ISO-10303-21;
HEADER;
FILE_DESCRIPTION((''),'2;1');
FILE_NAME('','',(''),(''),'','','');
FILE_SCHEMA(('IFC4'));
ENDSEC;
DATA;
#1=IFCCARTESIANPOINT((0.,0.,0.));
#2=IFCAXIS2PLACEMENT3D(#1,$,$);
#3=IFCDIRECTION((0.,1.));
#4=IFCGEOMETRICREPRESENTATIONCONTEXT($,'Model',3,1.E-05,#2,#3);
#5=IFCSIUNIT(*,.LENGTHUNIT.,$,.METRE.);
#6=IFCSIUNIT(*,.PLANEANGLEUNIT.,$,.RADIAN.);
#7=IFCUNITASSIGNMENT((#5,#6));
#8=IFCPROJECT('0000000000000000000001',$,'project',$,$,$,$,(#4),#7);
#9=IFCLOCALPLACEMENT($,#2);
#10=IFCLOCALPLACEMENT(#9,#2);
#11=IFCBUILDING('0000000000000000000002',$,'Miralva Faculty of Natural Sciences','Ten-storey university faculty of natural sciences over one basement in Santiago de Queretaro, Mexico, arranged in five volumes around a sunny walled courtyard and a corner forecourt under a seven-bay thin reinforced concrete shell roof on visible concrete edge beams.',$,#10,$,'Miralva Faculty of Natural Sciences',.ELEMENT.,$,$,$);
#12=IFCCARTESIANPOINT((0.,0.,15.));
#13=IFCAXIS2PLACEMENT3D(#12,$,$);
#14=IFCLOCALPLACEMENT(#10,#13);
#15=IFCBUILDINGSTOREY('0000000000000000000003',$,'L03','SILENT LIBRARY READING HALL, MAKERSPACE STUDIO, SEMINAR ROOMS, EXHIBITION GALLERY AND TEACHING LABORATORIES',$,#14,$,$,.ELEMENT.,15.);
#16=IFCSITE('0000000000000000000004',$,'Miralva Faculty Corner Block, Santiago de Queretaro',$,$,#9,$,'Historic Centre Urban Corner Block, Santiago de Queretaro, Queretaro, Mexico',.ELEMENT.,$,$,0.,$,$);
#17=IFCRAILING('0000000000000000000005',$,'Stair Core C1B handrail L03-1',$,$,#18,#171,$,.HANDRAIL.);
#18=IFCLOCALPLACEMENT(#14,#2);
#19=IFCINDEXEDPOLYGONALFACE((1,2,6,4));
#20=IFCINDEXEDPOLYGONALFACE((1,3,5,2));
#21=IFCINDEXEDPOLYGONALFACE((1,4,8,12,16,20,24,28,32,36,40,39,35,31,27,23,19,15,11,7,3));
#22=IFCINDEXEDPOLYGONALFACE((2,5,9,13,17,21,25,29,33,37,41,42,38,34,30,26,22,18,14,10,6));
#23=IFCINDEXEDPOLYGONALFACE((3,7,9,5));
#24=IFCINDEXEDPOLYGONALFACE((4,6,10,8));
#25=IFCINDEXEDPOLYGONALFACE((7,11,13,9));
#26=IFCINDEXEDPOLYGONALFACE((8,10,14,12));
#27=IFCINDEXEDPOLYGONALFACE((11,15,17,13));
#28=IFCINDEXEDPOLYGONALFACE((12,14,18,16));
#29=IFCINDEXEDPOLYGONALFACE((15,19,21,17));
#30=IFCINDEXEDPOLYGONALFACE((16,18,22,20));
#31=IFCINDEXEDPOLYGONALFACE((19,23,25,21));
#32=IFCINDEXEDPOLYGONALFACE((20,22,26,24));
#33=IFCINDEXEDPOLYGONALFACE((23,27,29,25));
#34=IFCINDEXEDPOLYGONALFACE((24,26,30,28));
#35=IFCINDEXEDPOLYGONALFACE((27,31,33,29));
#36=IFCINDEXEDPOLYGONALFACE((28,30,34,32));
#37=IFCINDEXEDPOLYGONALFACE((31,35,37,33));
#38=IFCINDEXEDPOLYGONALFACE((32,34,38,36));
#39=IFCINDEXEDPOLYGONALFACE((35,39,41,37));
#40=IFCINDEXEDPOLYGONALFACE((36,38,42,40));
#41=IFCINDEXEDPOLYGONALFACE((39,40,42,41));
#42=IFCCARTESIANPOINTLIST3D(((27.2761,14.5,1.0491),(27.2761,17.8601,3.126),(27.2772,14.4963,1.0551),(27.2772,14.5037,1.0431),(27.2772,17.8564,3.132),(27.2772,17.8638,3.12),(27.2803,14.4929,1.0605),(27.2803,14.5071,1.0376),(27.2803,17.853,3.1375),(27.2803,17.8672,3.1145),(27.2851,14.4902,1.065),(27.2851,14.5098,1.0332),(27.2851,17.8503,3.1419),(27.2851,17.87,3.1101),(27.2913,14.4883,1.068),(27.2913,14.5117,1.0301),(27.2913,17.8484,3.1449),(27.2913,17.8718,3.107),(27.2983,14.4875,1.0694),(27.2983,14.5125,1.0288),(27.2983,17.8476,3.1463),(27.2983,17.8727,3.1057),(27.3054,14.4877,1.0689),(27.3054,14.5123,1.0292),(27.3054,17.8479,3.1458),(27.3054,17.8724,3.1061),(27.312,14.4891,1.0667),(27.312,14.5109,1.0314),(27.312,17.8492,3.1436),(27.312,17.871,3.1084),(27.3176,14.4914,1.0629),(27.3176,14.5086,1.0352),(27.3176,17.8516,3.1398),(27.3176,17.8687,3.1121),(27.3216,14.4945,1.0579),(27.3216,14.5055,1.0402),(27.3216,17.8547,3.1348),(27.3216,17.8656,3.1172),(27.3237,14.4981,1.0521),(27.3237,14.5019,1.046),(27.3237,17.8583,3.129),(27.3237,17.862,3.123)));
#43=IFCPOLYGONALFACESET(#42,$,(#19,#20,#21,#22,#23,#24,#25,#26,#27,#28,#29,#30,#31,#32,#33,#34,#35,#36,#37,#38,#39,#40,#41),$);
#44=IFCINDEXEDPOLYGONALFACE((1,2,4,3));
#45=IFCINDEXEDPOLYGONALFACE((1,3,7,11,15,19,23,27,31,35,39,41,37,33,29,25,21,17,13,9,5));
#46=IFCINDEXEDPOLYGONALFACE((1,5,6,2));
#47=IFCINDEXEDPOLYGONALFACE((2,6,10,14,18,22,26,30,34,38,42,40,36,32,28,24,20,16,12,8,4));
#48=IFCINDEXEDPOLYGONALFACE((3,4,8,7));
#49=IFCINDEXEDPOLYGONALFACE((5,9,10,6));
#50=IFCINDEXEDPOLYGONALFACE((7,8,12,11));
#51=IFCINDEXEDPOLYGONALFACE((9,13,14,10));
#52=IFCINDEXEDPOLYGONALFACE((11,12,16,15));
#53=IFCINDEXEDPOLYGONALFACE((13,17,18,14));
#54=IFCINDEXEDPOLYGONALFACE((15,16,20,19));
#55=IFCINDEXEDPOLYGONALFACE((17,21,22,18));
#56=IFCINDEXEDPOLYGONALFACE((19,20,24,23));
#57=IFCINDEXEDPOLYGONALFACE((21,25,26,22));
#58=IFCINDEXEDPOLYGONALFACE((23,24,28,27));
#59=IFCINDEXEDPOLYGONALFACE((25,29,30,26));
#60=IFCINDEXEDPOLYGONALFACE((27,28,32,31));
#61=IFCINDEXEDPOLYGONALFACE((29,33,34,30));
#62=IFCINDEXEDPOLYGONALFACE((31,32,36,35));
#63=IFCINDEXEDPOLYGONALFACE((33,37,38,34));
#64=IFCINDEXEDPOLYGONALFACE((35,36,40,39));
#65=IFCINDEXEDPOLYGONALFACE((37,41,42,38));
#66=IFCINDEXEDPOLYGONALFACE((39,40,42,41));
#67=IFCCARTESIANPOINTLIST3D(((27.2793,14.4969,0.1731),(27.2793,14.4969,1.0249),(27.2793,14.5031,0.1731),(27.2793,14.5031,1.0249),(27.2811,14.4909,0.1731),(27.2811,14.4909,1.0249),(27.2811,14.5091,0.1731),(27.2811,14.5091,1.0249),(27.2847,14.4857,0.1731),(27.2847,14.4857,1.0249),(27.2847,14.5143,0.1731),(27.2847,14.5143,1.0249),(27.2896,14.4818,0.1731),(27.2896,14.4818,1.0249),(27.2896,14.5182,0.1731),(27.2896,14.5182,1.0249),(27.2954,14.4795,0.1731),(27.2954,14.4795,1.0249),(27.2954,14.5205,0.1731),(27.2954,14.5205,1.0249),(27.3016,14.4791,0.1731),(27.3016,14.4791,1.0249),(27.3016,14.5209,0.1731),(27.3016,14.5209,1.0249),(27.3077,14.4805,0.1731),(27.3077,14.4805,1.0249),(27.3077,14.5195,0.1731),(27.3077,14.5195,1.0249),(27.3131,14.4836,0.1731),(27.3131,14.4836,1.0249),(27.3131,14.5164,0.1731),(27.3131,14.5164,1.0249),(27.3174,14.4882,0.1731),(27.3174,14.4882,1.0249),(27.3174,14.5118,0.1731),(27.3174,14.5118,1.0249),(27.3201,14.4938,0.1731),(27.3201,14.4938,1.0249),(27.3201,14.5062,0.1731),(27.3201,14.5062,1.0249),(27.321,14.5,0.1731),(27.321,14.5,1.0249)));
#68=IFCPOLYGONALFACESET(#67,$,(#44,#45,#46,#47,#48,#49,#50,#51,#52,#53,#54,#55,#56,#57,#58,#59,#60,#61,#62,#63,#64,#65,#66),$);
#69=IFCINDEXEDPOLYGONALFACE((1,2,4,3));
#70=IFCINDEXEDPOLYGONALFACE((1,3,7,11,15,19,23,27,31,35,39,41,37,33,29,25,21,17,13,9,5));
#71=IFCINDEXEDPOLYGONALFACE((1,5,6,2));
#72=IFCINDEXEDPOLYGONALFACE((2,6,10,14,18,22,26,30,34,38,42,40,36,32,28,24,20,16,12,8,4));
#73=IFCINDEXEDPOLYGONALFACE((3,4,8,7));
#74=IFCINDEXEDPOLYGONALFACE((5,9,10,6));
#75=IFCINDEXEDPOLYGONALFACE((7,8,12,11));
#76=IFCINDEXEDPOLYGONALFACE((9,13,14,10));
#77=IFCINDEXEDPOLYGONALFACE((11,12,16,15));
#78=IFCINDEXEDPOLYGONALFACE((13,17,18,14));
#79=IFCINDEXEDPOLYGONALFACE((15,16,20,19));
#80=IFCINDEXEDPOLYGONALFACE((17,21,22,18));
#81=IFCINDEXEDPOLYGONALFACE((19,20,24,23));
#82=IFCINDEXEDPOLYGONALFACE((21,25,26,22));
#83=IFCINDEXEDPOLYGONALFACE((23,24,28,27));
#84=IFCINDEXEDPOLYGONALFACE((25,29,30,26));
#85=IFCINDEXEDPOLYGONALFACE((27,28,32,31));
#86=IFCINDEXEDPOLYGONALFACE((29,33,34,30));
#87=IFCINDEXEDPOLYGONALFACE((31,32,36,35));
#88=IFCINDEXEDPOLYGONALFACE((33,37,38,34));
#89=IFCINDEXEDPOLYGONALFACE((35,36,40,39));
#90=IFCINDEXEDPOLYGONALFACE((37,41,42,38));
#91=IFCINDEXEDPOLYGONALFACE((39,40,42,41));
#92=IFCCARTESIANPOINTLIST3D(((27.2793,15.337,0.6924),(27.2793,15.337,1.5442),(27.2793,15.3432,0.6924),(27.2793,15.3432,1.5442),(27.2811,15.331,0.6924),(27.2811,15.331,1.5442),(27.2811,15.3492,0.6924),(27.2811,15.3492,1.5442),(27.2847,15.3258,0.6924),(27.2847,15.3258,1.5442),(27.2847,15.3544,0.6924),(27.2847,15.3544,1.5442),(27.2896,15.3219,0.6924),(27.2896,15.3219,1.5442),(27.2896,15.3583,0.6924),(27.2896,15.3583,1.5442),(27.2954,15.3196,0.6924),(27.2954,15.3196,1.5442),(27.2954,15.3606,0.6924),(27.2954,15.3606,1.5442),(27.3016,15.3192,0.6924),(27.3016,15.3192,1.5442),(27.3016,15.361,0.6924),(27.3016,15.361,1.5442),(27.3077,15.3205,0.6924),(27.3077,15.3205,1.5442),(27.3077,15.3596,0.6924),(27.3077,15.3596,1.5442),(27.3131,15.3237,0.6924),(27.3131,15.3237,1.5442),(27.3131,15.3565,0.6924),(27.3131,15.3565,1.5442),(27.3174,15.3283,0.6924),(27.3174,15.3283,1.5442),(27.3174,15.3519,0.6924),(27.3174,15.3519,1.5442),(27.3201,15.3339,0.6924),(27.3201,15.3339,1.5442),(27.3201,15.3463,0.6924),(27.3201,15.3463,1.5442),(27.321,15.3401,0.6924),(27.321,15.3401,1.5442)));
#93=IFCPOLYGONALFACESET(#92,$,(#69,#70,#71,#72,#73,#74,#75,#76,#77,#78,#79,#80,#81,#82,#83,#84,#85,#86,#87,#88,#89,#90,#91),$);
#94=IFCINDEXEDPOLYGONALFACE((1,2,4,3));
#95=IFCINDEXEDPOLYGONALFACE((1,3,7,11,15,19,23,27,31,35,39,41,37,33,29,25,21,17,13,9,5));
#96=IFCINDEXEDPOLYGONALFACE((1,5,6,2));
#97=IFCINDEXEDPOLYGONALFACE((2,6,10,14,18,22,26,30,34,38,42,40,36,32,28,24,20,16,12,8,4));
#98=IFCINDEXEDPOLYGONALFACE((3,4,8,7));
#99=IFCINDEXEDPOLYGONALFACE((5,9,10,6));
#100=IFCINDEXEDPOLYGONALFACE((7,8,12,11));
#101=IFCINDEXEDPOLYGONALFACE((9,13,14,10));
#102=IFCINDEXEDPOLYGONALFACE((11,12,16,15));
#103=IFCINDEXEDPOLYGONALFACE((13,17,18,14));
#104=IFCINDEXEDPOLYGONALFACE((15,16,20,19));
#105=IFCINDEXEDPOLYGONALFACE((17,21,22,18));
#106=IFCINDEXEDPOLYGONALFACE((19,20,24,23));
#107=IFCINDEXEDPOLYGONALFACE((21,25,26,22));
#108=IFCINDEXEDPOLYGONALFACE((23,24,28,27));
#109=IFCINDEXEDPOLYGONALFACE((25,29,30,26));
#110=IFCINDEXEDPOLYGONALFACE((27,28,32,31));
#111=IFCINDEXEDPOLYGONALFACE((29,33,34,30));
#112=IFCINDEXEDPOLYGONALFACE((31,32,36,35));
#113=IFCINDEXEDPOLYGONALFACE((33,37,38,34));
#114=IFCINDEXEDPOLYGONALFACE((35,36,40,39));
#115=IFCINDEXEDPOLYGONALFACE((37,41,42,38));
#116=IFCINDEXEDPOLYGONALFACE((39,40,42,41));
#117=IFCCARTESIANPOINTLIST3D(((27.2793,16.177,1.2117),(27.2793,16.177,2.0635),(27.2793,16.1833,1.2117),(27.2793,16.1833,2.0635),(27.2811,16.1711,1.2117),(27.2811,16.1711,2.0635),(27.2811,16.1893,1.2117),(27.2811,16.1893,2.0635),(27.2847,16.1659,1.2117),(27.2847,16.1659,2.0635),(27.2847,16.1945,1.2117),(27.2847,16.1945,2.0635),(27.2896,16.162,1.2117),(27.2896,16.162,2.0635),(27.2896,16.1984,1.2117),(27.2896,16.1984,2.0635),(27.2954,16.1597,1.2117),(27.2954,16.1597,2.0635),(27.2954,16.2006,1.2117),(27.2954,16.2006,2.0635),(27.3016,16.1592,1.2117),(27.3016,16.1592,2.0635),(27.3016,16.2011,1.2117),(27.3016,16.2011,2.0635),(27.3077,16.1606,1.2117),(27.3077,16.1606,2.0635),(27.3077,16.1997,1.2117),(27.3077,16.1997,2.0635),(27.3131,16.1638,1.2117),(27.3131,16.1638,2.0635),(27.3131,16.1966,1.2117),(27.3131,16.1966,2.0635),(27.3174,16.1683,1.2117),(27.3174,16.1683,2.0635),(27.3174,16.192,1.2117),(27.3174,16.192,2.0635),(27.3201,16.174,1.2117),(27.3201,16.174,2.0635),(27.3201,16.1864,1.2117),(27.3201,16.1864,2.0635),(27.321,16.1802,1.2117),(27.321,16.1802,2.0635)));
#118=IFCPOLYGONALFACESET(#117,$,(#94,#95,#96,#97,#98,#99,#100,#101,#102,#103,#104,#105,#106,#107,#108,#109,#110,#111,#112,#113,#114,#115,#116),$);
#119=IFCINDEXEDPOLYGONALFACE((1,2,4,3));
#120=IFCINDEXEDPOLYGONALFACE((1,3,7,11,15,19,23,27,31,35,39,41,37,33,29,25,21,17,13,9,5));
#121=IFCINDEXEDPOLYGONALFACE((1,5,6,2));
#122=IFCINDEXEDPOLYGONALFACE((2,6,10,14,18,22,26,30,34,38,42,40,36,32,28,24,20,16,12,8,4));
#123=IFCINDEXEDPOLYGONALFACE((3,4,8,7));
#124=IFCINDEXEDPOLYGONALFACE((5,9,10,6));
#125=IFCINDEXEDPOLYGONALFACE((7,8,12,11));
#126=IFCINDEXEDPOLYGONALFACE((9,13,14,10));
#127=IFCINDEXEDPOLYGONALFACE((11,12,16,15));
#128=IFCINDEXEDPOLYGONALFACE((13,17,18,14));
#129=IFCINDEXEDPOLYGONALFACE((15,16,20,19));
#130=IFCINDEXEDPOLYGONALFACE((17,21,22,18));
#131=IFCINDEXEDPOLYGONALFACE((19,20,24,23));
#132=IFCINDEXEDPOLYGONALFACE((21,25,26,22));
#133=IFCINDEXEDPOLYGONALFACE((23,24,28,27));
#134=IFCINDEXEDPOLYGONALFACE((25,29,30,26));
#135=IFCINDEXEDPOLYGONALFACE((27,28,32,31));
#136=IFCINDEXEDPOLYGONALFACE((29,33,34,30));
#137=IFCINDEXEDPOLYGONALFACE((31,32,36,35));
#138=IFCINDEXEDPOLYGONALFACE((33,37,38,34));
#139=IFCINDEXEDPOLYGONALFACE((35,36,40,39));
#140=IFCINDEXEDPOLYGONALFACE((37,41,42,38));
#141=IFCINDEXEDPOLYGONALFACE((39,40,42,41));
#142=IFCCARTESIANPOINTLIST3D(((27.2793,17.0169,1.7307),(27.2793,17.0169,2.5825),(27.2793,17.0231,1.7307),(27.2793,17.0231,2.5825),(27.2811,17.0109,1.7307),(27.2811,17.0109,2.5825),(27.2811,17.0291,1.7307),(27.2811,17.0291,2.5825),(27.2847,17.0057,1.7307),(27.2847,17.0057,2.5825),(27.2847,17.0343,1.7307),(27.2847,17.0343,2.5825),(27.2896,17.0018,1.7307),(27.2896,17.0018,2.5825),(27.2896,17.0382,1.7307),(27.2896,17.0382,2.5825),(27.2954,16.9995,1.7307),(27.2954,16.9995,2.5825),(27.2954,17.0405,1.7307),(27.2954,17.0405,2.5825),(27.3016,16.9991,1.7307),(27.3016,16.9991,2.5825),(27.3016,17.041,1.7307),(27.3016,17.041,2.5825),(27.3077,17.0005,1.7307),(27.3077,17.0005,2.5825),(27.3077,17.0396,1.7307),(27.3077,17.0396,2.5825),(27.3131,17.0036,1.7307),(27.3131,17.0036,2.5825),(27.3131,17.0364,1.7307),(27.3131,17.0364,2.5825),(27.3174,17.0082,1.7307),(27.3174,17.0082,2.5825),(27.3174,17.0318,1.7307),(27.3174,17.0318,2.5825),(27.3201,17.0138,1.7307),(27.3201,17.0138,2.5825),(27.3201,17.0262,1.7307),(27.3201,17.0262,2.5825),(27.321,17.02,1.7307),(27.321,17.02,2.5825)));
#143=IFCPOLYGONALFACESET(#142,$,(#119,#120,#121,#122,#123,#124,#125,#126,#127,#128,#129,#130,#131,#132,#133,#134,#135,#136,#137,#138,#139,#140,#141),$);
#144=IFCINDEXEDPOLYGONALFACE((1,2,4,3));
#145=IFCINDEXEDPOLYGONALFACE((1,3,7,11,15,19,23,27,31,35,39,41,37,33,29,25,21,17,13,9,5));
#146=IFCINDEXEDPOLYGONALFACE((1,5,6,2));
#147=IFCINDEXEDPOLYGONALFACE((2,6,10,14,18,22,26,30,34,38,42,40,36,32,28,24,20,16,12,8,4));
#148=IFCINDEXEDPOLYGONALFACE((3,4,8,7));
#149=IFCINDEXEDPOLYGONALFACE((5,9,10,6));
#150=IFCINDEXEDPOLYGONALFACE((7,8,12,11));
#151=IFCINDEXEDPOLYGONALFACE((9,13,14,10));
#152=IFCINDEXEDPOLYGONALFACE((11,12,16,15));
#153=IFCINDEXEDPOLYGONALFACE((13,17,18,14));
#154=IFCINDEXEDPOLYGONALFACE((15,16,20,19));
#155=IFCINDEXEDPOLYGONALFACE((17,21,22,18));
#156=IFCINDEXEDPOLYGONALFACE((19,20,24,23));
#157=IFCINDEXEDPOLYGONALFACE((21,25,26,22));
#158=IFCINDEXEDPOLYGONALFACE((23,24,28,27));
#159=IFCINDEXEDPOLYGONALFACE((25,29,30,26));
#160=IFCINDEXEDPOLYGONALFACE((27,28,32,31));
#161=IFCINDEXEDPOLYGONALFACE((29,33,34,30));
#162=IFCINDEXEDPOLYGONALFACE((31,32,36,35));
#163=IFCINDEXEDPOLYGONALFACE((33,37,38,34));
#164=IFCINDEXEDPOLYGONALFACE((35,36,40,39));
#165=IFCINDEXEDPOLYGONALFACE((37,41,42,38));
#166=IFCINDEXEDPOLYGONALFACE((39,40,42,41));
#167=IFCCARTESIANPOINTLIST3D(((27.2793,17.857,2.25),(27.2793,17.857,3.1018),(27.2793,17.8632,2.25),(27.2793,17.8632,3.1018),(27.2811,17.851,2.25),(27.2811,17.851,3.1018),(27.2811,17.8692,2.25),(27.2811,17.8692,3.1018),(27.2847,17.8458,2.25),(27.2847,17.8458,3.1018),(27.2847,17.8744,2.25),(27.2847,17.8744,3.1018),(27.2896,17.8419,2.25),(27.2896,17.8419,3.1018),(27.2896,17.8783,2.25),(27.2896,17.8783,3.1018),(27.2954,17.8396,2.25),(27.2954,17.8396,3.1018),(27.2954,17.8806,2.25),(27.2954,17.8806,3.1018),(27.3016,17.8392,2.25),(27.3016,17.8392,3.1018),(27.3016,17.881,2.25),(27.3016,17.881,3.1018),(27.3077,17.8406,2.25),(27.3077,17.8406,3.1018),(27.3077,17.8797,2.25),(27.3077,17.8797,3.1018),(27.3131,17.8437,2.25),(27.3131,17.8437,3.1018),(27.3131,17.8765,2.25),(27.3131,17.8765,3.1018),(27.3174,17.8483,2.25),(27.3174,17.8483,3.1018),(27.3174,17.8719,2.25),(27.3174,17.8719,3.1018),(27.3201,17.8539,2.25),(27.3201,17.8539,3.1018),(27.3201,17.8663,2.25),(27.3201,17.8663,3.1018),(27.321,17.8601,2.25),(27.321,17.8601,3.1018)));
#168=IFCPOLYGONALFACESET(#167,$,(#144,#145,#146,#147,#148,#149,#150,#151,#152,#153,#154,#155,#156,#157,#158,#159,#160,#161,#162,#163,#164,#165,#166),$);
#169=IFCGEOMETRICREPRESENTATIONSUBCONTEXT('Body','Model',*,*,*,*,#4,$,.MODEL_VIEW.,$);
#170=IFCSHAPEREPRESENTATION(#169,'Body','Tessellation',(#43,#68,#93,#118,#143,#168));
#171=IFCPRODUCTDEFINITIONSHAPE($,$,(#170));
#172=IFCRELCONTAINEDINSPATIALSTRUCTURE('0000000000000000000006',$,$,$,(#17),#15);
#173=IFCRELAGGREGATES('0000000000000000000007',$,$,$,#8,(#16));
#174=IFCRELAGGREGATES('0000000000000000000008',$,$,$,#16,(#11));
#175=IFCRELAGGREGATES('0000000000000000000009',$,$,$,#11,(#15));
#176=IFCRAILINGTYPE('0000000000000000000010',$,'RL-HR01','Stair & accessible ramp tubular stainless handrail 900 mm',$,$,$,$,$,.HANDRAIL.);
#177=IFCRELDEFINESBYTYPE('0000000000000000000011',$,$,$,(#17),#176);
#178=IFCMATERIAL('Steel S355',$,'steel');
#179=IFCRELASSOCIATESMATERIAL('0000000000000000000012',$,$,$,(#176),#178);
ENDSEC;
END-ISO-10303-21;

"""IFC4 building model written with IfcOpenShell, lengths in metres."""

from ifc_helpers import new_model, si_unit, direction, frame, origin, origin_2d, place, context, subcontext, project, spatial, circle, extrude, material, type_object, element, save


model = new_model("IFC4")

# Units and contexts
model_context = context("Model", 3, precision=1e-05, world=origin(), true_north=direction((0.0, 1.0)))
body_context = subcontext(model_context, "Body", "Model", "MODEL_VIEW")
ifc_project = project(units=[si_unit("LENGTHUNIT", "METRE"), si_unit("PLANEANGLEUNIT", "RADIAN")], contexts=[model_context])

# Site, building, storey
site_placement = place(None, origin())
site = spatial("IfcSite", under=ifc_project, at=site_placement, Name="Miralva Faculty Corner Block, Santiago de Queretaro", LongName="Historic Centre Urban Corner Block, Santiago de Queretaro, Queretaro, Mexico", CompositionType="ELEMENT", RefElevation=0.0)
building_placement = place(site_placement, origin())
building = spatial("IfcBuilding", under=site, at=building_placement, Name="Miralva Faculty of Natural Sciences", Description="Ten-storey university faculty of natural sciences over one basement in Santiago de Queretaro, Mexico, arranged in five volumes around a sunny walled courtyard and a corner forecourt under a seven-bay thin reinforced concrete shell roof on visible concrete edge beams.", LongName="Miralva Faculty of Natural Sciences", CompositionType="ELEMENT")
storey_placement = place(building_placement, frame((0.0, 0.0, 15.0)))
storey = spatial("IfcBuildingStorey", under=building, at=storey_placement, Name="L03", Description="SILENT LIBRARY READING HALL, MAKERSPACE STUDIO, SEMINAR ROOMS, EXHIBITION GALLERY AND TEACHING LABORATORIES", CompositionType="ELEMENT", Elevation=15.0)

# Railing
ifc_material_1 = material(Name="Steel S355", Category="steel")
railing_type_1 = type_object("IfcRailingType", Name="RL-HR01", Description="Stair & accessible ramp tubular stainless handrail 900 mm", PredefinedType="HANDRAIL", material=ifc_material_1)
railing_1_placement = place(storey_placement, frame((27.3, 14.5, 0.1731)))
element("IfcRailing", 1, at=railing_1_placement, inside=storey, type_object=railing_type_1, Name="Stair Core C1B handrail L03-1", PredefinedType="HANDRAIL", context=body_context, shape_type="SweptSolid", body=[
    extrude(circle(Radius=0.0239, at=origin_2d()), frame((0.0, 0.0, 0.876), z_axis=(0.0, 0.850623, 0.525776), x_axis=(-1.0, 0.0, 0.0)), (0.0, 0.0, 1.0), 3.9502),
    extrude(circle(Radius=0.021, at=origin_2d()), origin(), (0.0, 0.0, 1.0), 0.8518),
    extrude(circle(Radius=0.021, at=origin_2d()), frame((0.0, 0.8401, 0.5193)), (0.0, 0.0, 1.0), 0.8518),
    extrude(circle(Radius=0.021, at=origin_2d()), frame((0.0, 1.6802, 1.0386)), (0.0, 0.0, 1.0), 0.8518),
    extrude(circle(Radius=0.021, at=origin_2d()), frame((0.0, 2.52, 1.5576)), (0.0, 0.0, 1.0), 0.8518),
    extrude(circle(Radius=0.021, at=origin_2d()), frame((0.0, 3.3601, 2.0769)), (0.0, 0.0, 1.0), 0.8518),
])

save(model, "model.ifc")
